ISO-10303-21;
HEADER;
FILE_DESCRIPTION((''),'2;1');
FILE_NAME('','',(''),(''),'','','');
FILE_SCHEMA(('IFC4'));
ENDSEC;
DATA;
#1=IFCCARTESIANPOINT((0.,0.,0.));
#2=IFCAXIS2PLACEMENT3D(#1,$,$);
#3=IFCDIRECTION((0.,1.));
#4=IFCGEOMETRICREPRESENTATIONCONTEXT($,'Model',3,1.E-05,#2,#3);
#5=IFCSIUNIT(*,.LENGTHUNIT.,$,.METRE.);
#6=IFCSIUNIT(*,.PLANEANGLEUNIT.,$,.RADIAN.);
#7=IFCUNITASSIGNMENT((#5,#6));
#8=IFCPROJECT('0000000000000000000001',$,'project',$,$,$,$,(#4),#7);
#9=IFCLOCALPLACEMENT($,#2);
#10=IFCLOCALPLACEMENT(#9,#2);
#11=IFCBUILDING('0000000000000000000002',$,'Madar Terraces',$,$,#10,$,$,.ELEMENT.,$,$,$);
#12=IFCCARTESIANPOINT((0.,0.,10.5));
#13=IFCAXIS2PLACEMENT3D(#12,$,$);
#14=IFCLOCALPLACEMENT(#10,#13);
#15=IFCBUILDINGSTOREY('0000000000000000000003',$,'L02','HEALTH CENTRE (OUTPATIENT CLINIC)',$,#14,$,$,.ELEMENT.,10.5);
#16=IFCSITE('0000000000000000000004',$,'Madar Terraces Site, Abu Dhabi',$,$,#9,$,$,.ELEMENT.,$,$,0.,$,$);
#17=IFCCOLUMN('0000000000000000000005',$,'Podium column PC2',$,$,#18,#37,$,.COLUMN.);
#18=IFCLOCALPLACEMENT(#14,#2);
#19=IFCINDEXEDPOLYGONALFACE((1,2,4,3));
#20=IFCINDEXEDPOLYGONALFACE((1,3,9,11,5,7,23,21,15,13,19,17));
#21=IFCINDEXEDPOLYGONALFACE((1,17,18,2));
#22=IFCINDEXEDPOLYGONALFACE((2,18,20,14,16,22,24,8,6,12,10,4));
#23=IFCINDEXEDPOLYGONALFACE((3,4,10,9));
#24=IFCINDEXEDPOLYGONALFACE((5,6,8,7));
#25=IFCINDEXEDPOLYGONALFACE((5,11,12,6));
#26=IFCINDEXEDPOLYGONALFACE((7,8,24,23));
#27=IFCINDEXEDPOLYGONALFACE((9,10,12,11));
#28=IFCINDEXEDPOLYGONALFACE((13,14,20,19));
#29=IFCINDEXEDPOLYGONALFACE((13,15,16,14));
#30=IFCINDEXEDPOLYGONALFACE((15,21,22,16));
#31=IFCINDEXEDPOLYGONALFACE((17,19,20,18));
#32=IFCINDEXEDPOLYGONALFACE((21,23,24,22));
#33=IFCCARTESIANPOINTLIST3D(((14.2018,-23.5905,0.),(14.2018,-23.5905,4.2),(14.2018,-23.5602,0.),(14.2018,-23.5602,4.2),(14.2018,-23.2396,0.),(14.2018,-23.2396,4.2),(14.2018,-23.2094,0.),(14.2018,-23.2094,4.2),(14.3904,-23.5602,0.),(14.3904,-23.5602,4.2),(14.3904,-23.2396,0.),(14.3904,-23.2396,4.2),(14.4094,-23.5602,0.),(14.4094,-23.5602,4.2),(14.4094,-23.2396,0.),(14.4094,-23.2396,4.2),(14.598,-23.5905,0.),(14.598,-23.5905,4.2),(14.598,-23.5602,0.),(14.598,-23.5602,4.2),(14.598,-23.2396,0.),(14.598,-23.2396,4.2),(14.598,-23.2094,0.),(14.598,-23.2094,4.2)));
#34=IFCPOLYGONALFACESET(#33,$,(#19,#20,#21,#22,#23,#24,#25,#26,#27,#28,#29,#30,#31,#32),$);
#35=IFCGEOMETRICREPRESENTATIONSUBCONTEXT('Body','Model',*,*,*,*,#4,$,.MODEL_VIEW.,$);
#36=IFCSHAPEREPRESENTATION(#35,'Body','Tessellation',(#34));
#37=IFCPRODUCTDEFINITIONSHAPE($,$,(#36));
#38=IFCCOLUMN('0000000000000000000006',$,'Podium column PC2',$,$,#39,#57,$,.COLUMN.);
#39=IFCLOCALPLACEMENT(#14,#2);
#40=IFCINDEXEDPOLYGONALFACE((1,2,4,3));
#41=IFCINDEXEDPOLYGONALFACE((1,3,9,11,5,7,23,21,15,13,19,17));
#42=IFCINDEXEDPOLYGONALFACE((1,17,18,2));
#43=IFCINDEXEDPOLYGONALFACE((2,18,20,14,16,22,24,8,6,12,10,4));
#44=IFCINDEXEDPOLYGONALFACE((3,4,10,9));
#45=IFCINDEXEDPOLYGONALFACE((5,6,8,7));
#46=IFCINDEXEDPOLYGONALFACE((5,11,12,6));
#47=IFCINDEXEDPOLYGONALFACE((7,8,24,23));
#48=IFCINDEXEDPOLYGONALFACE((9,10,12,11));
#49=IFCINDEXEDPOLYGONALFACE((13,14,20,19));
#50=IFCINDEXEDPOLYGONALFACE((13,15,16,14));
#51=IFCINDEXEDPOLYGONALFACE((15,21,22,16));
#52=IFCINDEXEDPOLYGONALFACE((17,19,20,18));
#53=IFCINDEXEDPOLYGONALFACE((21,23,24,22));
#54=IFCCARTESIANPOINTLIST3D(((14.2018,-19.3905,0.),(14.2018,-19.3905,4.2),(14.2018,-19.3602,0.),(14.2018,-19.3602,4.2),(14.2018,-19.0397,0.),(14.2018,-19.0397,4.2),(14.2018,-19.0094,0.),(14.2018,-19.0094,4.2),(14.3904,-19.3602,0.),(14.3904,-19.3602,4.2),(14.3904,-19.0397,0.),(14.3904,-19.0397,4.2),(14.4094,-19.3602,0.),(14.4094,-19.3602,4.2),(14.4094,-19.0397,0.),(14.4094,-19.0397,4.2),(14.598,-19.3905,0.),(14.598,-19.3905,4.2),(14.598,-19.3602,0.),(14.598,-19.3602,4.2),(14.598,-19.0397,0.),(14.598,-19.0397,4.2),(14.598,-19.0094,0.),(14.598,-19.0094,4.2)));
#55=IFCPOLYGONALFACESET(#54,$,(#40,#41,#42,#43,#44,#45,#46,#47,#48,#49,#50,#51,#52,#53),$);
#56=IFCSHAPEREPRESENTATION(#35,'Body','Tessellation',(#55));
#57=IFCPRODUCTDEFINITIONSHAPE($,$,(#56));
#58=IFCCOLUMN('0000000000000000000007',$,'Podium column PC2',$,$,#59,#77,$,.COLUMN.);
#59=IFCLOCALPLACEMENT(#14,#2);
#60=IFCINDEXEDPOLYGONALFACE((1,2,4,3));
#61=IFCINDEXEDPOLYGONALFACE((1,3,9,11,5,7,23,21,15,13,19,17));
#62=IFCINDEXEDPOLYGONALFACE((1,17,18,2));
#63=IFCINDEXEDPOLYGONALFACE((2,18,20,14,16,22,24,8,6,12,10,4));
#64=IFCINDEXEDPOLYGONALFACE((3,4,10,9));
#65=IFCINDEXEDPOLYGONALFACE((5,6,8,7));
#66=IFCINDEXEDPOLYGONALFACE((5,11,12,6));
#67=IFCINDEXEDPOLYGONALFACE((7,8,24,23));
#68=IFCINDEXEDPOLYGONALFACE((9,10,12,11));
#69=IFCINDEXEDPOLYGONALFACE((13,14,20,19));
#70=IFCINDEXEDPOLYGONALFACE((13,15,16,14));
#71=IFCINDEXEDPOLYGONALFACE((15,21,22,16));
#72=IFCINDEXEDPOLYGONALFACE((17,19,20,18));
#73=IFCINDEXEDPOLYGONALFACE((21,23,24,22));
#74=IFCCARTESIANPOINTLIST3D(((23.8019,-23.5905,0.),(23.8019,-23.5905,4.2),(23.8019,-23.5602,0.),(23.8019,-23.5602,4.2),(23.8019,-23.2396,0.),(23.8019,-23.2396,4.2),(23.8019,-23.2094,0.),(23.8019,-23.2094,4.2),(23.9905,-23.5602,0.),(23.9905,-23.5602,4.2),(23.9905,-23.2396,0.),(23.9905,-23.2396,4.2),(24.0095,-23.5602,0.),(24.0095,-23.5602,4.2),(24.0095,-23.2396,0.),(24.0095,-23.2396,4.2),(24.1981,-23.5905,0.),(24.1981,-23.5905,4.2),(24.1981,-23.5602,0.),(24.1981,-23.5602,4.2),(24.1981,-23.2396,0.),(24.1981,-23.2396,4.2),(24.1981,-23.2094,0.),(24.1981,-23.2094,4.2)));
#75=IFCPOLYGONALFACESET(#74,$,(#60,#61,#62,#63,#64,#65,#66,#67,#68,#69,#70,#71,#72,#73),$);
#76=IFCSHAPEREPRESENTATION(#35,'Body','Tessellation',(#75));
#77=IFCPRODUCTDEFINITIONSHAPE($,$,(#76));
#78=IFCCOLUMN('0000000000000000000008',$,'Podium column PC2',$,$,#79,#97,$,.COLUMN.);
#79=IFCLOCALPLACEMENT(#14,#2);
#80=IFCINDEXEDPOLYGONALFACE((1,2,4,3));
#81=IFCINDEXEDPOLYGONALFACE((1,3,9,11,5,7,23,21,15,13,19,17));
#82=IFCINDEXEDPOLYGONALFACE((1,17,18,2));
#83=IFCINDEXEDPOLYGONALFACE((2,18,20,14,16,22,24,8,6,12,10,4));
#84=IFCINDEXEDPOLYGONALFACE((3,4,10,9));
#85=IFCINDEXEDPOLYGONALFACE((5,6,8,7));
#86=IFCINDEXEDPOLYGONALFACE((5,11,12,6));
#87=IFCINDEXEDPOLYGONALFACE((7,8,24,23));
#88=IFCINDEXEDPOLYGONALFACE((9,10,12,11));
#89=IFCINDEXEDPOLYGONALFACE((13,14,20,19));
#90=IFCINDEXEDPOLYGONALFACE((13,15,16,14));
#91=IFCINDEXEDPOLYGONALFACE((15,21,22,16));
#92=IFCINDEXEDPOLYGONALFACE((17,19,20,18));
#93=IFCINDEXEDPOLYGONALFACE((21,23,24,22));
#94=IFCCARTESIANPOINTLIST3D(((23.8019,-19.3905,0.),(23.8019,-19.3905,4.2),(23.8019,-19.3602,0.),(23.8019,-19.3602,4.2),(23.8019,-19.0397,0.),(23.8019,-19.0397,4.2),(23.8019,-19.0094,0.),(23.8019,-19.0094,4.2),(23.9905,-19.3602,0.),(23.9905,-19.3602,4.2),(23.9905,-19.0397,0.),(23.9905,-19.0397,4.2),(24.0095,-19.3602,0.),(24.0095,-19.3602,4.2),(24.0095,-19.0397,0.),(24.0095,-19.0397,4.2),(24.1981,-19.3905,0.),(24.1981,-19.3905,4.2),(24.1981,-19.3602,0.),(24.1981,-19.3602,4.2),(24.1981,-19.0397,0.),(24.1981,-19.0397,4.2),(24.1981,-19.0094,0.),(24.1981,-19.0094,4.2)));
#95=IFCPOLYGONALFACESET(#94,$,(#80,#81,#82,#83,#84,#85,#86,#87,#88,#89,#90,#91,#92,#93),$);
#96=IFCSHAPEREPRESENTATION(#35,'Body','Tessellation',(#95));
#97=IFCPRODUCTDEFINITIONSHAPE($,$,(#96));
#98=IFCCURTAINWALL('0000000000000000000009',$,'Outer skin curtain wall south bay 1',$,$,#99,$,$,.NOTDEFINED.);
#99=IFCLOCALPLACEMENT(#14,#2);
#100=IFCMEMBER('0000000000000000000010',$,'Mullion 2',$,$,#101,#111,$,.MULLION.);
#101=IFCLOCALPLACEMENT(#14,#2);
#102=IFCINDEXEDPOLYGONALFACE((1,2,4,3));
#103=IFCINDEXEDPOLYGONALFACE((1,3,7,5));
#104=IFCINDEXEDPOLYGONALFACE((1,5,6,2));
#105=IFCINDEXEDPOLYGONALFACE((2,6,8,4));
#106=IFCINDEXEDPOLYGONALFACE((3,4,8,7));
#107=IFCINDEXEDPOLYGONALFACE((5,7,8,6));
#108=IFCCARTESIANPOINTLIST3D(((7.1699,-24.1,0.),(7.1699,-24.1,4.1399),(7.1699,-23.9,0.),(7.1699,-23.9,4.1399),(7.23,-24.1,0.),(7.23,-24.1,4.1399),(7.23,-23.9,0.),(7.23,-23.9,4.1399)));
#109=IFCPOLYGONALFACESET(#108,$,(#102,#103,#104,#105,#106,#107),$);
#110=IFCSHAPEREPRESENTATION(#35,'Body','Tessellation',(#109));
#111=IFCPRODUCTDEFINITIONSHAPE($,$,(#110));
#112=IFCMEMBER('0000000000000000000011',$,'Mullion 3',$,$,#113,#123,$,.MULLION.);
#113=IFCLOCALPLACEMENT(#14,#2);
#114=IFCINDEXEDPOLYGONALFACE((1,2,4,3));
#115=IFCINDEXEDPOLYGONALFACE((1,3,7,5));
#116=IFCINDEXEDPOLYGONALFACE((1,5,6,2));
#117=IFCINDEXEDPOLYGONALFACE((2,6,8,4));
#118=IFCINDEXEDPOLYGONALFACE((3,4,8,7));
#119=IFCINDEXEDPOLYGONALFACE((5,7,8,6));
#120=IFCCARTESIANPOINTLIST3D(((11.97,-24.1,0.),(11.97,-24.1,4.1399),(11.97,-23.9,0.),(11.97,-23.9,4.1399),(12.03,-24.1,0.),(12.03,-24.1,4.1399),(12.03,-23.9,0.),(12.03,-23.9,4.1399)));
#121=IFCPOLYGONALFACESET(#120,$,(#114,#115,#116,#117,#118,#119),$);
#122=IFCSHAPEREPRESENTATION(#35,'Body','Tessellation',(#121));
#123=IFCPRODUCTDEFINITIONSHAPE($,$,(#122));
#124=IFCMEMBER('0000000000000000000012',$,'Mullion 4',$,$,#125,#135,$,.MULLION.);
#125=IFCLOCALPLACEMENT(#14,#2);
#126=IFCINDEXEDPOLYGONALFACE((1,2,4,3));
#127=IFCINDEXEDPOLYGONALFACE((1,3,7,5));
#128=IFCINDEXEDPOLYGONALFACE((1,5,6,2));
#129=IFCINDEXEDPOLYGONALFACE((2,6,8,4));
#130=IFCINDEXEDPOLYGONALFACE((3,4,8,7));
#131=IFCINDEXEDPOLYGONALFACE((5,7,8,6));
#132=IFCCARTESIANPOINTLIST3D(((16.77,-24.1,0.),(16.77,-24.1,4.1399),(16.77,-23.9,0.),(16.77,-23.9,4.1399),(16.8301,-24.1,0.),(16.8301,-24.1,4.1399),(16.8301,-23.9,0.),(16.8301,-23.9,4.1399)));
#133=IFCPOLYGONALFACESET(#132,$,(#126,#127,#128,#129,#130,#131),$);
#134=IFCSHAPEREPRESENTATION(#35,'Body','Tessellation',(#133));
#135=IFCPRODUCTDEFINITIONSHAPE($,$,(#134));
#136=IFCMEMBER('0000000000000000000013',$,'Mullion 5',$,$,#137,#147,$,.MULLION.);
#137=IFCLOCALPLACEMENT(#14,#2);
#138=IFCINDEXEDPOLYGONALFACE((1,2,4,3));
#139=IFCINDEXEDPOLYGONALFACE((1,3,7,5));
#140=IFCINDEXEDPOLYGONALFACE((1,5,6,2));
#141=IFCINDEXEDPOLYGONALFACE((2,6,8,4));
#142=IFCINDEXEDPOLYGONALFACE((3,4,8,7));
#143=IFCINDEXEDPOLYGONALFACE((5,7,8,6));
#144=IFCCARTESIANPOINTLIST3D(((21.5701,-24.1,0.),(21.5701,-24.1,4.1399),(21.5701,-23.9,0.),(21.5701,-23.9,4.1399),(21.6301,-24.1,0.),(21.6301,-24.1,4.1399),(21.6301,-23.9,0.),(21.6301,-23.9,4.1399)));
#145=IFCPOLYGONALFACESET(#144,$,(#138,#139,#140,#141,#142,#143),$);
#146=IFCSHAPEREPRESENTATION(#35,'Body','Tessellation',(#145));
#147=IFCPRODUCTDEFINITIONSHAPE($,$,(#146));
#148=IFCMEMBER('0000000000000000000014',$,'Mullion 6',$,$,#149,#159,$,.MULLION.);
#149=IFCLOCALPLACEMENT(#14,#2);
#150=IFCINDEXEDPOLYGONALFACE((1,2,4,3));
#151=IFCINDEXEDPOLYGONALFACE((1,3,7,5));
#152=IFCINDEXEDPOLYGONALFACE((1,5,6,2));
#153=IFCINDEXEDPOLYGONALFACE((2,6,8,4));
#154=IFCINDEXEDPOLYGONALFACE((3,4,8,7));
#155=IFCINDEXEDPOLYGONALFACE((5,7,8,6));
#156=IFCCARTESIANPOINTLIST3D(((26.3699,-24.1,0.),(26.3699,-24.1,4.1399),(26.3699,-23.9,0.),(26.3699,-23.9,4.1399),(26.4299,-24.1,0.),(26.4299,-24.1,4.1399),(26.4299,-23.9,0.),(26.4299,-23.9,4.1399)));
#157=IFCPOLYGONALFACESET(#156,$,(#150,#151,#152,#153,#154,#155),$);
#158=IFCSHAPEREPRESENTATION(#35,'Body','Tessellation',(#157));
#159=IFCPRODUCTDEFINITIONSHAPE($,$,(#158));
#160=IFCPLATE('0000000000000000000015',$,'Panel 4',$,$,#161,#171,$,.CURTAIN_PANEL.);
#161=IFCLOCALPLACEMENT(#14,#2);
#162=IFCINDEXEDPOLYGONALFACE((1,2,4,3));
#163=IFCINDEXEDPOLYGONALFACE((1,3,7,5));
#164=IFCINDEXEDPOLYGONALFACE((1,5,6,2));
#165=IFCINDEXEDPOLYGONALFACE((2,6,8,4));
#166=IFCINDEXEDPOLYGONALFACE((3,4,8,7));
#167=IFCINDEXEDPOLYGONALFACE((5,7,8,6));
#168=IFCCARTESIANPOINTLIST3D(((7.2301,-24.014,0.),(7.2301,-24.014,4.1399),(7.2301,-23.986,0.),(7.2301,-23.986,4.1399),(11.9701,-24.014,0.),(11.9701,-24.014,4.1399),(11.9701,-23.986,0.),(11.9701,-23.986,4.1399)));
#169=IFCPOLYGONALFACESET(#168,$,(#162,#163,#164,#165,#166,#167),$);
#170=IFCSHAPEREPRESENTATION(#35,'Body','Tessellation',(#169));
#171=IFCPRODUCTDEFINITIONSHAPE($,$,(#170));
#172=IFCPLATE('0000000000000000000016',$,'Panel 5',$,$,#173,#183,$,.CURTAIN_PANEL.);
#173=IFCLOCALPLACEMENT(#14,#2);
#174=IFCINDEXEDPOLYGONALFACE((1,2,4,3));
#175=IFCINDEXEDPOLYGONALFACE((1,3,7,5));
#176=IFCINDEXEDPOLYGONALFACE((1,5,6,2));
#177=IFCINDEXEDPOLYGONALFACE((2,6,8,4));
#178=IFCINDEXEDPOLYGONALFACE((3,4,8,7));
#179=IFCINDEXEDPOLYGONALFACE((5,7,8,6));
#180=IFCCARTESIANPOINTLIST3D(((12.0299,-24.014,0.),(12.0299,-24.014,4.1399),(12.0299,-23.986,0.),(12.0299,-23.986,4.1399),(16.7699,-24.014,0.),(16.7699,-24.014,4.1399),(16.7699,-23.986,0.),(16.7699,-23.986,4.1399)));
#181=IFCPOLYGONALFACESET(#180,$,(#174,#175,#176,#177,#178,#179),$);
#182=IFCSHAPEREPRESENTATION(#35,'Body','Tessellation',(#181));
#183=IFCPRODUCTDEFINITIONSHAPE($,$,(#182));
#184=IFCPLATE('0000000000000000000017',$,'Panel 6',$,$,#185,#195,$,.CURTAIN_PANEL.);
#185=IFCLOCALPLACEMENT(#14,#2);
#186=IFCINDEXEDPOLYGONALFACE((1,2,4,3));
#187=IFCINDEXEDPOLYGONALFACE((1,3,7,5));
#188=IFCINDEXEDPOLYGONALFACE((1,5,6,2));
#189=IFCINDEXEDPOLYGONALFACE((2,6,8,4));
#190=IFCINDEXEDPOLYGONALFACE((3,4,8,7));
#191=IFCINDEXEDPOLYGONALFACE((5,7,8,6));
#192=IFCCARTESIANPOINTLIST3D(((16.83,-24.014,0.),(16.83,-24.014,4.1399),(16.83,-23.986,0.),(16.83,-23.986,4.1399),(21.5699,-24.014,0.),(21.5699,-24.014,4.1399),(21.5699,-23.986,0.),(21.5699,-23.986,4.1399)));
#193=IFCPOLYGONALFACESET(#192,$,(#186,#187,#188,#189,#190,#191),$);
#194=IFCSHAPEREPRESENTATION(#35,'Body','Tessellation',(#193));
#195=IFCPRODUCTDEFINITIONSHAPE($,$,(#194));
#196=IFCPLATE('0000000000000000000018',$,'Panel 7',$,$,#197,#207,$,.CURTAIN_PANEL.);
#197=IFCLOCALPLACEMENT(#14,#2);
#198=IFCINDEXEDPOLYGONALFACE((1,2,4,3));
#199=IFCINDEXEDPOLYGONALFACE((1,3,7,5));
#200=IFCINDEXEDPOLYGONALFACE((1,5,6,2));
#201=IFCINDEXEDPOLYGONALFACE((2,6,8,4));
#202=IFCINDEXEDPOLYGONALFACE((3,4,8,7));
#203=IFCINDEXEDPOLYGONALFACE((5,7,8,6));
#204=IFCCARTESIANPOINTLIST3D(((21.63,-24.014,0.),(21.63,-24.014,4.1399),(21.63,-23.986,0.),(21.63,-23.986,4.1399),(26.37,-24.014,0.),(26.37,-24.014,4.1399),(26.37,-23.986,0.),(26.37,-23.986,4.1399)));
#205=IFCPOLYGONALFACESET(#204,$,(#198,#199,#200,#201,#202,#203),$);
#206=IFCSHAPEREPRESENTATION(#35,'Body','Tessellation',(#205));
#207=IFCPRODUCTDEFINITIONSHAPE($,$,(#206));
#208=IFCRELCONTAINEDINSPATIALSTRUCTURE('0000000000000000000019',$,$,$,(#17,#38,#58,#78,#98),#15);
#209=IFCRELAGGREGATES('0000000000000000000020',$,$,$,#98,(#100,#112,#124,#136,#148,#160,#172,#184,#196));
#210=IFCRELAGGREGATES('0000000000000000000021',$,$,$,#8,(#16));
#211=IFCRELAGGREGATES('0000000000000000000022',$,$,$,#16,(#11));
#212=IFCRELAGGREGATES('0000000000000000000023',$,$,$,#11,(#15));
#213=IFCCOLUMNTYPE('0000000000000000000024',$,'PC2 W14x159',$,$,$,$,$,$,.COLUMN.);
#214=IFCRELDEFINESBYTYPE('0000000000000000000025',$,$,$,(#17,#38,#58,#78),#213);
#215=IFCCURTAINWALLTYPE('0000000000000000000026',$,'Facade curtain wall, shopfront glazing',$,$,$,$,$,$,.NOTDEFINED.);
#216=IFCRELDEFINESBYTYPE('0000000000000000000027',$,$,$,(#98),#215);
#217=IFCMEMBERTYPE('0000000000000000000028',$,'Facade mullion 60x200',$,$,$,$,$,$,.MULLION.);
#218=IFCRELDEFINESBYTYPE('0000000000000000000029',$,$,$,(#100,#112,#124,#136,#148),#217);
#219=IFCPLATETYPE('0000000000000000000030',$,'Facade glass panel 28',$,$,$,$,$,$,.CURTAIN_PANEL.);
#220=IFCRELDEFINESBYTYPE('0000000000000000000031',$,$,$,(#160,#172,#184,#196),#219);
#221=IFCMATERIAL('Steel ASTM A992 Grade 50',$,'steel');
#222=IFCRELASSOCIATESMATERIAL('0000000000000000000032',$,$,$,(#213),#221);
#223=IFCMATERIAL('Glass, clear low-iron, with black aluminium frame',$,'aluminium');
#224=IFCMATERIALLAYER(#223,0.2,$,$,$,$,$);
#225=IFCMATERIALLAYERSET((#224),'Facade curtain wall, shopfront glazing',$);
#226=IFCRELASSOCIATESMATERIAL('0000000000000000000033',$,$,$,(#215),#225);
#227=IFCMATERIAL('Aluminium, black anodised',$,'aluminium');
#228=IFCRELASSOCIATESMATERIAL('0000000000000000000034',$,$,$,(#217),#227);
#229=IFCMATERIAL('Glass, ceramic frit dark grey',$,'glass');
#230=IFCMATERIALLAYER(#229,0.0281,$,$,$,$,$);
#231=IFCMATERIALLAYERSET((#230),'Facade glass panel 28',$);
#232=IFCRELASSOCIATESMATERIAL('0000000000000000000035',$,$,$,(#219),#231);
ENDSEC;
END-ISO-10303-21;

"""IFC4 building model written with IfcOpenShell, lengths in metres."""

from ifc_helpers import new_model, si_unit, direction, frame, origin, origin_2d, place, context, subcontext, project, spatial, rectangle, i_section, extrude, material, layer, layer_set, material_profile, profile_set, type_object, element, aggregate, save


model = new_model("IFC4")

# Units and contexts
model_context = context("Model", 3, precision=1e-05, world=origin(), true_north=direction((0.0, 1.0)))
body_context = subcontext(model_context, "Body", "Model", "MODEL_VIEW")
ifc_project = project(units=[si_unit("LENGTHUNIT", "METRE"), si_unit("PLANEANGLEUNIT", "RADIAN")], contexts=[model_context])

# Site, building, storey
site_placement = place(None, origin())
site = spatial("IfcSite", under=ifc_project, at=site_placement, Name="Madar Terraces Site, Abu Dhabi", CompositionType="ELEMENT", RefElevation=0.0)
building_placement = place(site_placement, origin())
building = spatial("IfcBuilding", under=site, at=building_placement, Name="Madar Terraces", CompositionType="ELEMENT")
storey_placement = place(building_placement, frame((0.0, 0.0, 10.5)))
storey = spatial("IfcBuildingStorey", under=building, at=storey_placement, Name="L02", Description="HEALTH CENTRE (OUTPATIENT CLINIC)", CompositionType="ELEMENT", Elevation=10.5)

# Columns
ifc_material_1 = material(Name="Steel ASTM A992 Grade 50", Category="steel")
ifc_material_profile_1 = material_profile(ifc_material_1, i_section(OverallWidth=0.3962, OverallDepth=0.3811, WebThickness=0.019, FlangeThickness=0.0303, at=origin_2d()), Name="W14x159")
ifc_profile_set_1 = profile_set([ifc_material_profile_1], Name="Steel ASTM A992 Grade 50")
column_type = type_object("IfcColumnType", Name="PC2 W14x159", PredefinedType="COLUMN", material=ifc_profile_set_1)
for number, where, z_axis, x_axis, name in (
    (1, (14.3999, -23.3999, 0.0), (0.0, 0.0, 1.0), (1.0, 0.0, 0.0), "Podium column PC2"),
    (2, (14.3999, -19.2, 0.0), (0.0, 0.0, 1.0), (1.0, 0.0, 0.0), "Podium column PC2"),
    (3, (24.0, -23.3999, 0.0), (0.0, 0.0, 1.0), (1.0, 0.0, 0.0), "Podium column PC2"),
    (4, (24.0, -19.2, 0.0), (0.0, 0.0, 1.0), (1.0, 0.0, 0.0), "Podium column PC2"),
):
    element("IfcColumn", number, at=place(storey_placement, frame(where, z_axis=z_axis, x_axis=x_axis)), inside=storey, type_object=column_type, Name=name, PredefinedType="COLUMN", context=body_context, shape_type="SweptSolid", body=[
        extrude(i_section(OverallWidth=0.3962, OverallDepth=0.3811, WebThickness=0.019, FlangeThickness=0.0303, at=origin_2d()), origin(), (0.0, 0.0, 1.0), 4.2),
    ])

# Curtain wall, members, plates
ifc_material_2 = material(Name="Glass, clear low-iron, with black aluminium frame", Category="aluminium")
ifc_layer_1 = layer(ifc_material_2, 0.2)
ifc_layer_set_1 = layer_set([ifc_layer_1], Name="Facade curtain wall, shopfront glazing")
curtain_wall_type = type_object("IfcCurtainWallType", Name="Facade curtain wall, shopfront glazing", PredefinedType="NOTDEFINED", material=ifc_layer_set_1)
curtain_wall_placement = place(storey_placement, origin())
curtain_wall = element("IfcCurtainWall", 5, at=curtain_wall_placement, inside=storey, type_object=curtain_wall_type, Name="Outer skin curtain wall south bay 1", PredefinedType="NOTDEFINED")
ifc_material_3 = material(Name="Aluminium, black anodised", Category="aluminium")
ifc_material_profile_2 = material_profile(ifc_material_3, rectangle(XDim=0.2, YDim=0.0601, at=origin_2d()), Name="Facade mullion 60x200")
ifc_profile_set_2 = profile_set([ifc_material_profile_2], Name="Aluminium, black anodised")
member_type = type_object("IfcMemberType", Name="Facade mullion 60x200", PredefinedType="MULLION", material=ifc_profile_set_2)
member_1_placement = place(storey_placement, frame((7.2, -24.0, 0.0), z_axis=(0.0, 0.0, 1.0), x_axis=(0.0, 1.0, 0.0)))
member_1 = element("IfcMember", 6, at=member_1_placement, type_object=member_type, Name="Mullion 2", PredefinedType="MULLION", context=body_context, shape_type="SweptSolid", body=[
    extrude(rectangle(XDim=0.2, YDim=0.0601, at=origin_2d()), origin(), (0.0, 0.0, 1.0), 4.1399),
])
member_2_placement = place(storey_placement, frame((12.0, -24.0, 0.0), z_axis=(0.0, 0.0, 1.0), x_axis=(0.0, 1.0, 0.0)))
member_2 = element("IfcMember", 7, at=member_2_placement, type_object=member_type, Name="Mullion 3", PredefinedType="MULLION", context=body_context, shape_type="SweptSolid", body=[
    extrude(rectangle(XDim=0.2, YDim=0.0601, at=origin_2d()), origin(), (0.0, 0.0, 1.0), 4.1399),
])
member_3_placement = place(storey_placement, frame((16.8, -24.0, 0.0), z_axis=(0.0, 0.0, 1.0), x_axis=(0.0, 1.0, 0.0)))
member_3 = element("IfcMember", 8, at=member_3_placement, type_object=member_type, Name="Mullion 4", PredefinedType="MULLION", context=body_context, shape_type="SweptSolid", body=[
    extrude(rectangle(XDim=0.2, YDim=0.0601, at=origin_2d()), origin(), (0.0, 0.0, 1.0), 4.1399),
])
member_4_placement = place(storey_placement, frame((21.6001, -24.0, 0.0), z_axis=(0.0, 0.0, 1.0), x_axis=(0.0, 1.0, 0.0)))
member_4 = element("IfcMember", 9, at=member_4_placement, type_object=member_type, Name="Mullion 5", PredefinedType="MULLION", context=body_context, shape_type="SweptSolid", body=[
    extrude(rectangle(XDim=0.2, YDim=0.0601, at=origin_2d()), origin(), (0.0, 0.0, 1.0), 4.1399),
])
member_5_placement = place(storey_placement, frame((26.3999, -24.0, 0.0), z_axis=(0.0, 0.0, 1.0), x_axis=(0.0, 1.0, 0.0)))
member_5 = element("IfcMember", 10, at=member_5_placement, type_object=member_type, Name="Mullion 6", PredefinedType="MULLION", context=body_context, shape_type="SweptSolid", body=[
    extrude(rectangle(XDim=0.2, YDim=0.0601, at=origin_2d()), origin(), (0.0, 0.0, 1.0), 4.1399),
])
ifc_material_4 = material(Name="Glass, ceramic frit dark grey", Category="glass")
ifc_layer_2 = layer(ifc_material_4, 0.0281)
ifc_layer_set_2 = layer_set([ifc_layer_2], Name="Facade glass panel 28")
plate_type = type_object("IfcPlateType", Name="Facade glass panel 28", PredefinedType="CURTAIN_PANEL", material=ifc_layer_set_2)
plate_1_placement = place(storey_placement, frame((9.6001, -24.0, 0.0), z_axis=(0.0, 0.0, 1.0), x_axis=(1.0, 0.0, 0.0)))
plate_1 = element("IfcPlate", 11, at=plate_1_placement, type_object=plate_type, Name="Panel 4", PredefinedType="CURTAIN_PANEL", context=body_context, shape_type="SweptSolid", body=[
    extrude(rectangle(XDim=4.74, YDim=0.0281, at=origin_2d()), origin(), (0.0, 0.0, 1.0), 4.1399),
])
plate_2_placement = place(storey_placement, frame((14.3999, -24.0, 0.0), z_axis=(0.0, 0.0, 1.0), x_axis=(1.0, 0.0, 0.0)))
plate_2 = element("IfcPlate", 12, at=plate_2_placement, type_object=plate_type, Name="Panel 5", PredefinedType="CURTAIN_PANEL", context=body_context, shape_type="SweptSolid", body=[
    extrude(rectangle(XDim=4.74, YDim=0.0281, at=origin_2d()), origin(), (0.0, 0.0, 1.0), 4.1399),
])
plate_3_placement = place(storey_placement, frame((19.2, -24.0, 0.0), z_axis=(0.0, 0.0, 1.0), x_axis=(1.0, 0.0, 0.0)))
plate_3 = element("IfcPlate", 13, at=plate_3_placement, type_object=plate_type, Name="Panel 6", PredefinedType="CURTAIN_PANEL", context=body_context, shape_type="SweptSolid", body=[
    extrude(rectangle(XDim=4.74, YDim=0.0281, at=origin_2d()), origin(), (0.0, 0.0, 1.0), 4.1399),
])
plate_4_placement = place(storey_placement, frame((24.0, -24.0, 0.0), z_axis=(0.0, 0.0, 1.0), x_axis=(1.0, 0.0, 0.0)))
plate_4 = element("IfcPlate", 14, at=plate_4_placement, type_object=plate_type, Name="Panel 7", PredefinedType="CURTAIN_PANEL", context=body_context, shape_type="SweptSolid", body=[
    extrude(rectangle(XDim=4.74, YDim=0.0281, at=origin_2d()), origin(), (0.0, 0.0, 1.0), 4.1399),
])
aggregate(curtain_wall, [member_1, member_2, member_3, member_4, member_5, plate_1, plate_2, plate_3, plate_4])

save(model, "model.ifc")
